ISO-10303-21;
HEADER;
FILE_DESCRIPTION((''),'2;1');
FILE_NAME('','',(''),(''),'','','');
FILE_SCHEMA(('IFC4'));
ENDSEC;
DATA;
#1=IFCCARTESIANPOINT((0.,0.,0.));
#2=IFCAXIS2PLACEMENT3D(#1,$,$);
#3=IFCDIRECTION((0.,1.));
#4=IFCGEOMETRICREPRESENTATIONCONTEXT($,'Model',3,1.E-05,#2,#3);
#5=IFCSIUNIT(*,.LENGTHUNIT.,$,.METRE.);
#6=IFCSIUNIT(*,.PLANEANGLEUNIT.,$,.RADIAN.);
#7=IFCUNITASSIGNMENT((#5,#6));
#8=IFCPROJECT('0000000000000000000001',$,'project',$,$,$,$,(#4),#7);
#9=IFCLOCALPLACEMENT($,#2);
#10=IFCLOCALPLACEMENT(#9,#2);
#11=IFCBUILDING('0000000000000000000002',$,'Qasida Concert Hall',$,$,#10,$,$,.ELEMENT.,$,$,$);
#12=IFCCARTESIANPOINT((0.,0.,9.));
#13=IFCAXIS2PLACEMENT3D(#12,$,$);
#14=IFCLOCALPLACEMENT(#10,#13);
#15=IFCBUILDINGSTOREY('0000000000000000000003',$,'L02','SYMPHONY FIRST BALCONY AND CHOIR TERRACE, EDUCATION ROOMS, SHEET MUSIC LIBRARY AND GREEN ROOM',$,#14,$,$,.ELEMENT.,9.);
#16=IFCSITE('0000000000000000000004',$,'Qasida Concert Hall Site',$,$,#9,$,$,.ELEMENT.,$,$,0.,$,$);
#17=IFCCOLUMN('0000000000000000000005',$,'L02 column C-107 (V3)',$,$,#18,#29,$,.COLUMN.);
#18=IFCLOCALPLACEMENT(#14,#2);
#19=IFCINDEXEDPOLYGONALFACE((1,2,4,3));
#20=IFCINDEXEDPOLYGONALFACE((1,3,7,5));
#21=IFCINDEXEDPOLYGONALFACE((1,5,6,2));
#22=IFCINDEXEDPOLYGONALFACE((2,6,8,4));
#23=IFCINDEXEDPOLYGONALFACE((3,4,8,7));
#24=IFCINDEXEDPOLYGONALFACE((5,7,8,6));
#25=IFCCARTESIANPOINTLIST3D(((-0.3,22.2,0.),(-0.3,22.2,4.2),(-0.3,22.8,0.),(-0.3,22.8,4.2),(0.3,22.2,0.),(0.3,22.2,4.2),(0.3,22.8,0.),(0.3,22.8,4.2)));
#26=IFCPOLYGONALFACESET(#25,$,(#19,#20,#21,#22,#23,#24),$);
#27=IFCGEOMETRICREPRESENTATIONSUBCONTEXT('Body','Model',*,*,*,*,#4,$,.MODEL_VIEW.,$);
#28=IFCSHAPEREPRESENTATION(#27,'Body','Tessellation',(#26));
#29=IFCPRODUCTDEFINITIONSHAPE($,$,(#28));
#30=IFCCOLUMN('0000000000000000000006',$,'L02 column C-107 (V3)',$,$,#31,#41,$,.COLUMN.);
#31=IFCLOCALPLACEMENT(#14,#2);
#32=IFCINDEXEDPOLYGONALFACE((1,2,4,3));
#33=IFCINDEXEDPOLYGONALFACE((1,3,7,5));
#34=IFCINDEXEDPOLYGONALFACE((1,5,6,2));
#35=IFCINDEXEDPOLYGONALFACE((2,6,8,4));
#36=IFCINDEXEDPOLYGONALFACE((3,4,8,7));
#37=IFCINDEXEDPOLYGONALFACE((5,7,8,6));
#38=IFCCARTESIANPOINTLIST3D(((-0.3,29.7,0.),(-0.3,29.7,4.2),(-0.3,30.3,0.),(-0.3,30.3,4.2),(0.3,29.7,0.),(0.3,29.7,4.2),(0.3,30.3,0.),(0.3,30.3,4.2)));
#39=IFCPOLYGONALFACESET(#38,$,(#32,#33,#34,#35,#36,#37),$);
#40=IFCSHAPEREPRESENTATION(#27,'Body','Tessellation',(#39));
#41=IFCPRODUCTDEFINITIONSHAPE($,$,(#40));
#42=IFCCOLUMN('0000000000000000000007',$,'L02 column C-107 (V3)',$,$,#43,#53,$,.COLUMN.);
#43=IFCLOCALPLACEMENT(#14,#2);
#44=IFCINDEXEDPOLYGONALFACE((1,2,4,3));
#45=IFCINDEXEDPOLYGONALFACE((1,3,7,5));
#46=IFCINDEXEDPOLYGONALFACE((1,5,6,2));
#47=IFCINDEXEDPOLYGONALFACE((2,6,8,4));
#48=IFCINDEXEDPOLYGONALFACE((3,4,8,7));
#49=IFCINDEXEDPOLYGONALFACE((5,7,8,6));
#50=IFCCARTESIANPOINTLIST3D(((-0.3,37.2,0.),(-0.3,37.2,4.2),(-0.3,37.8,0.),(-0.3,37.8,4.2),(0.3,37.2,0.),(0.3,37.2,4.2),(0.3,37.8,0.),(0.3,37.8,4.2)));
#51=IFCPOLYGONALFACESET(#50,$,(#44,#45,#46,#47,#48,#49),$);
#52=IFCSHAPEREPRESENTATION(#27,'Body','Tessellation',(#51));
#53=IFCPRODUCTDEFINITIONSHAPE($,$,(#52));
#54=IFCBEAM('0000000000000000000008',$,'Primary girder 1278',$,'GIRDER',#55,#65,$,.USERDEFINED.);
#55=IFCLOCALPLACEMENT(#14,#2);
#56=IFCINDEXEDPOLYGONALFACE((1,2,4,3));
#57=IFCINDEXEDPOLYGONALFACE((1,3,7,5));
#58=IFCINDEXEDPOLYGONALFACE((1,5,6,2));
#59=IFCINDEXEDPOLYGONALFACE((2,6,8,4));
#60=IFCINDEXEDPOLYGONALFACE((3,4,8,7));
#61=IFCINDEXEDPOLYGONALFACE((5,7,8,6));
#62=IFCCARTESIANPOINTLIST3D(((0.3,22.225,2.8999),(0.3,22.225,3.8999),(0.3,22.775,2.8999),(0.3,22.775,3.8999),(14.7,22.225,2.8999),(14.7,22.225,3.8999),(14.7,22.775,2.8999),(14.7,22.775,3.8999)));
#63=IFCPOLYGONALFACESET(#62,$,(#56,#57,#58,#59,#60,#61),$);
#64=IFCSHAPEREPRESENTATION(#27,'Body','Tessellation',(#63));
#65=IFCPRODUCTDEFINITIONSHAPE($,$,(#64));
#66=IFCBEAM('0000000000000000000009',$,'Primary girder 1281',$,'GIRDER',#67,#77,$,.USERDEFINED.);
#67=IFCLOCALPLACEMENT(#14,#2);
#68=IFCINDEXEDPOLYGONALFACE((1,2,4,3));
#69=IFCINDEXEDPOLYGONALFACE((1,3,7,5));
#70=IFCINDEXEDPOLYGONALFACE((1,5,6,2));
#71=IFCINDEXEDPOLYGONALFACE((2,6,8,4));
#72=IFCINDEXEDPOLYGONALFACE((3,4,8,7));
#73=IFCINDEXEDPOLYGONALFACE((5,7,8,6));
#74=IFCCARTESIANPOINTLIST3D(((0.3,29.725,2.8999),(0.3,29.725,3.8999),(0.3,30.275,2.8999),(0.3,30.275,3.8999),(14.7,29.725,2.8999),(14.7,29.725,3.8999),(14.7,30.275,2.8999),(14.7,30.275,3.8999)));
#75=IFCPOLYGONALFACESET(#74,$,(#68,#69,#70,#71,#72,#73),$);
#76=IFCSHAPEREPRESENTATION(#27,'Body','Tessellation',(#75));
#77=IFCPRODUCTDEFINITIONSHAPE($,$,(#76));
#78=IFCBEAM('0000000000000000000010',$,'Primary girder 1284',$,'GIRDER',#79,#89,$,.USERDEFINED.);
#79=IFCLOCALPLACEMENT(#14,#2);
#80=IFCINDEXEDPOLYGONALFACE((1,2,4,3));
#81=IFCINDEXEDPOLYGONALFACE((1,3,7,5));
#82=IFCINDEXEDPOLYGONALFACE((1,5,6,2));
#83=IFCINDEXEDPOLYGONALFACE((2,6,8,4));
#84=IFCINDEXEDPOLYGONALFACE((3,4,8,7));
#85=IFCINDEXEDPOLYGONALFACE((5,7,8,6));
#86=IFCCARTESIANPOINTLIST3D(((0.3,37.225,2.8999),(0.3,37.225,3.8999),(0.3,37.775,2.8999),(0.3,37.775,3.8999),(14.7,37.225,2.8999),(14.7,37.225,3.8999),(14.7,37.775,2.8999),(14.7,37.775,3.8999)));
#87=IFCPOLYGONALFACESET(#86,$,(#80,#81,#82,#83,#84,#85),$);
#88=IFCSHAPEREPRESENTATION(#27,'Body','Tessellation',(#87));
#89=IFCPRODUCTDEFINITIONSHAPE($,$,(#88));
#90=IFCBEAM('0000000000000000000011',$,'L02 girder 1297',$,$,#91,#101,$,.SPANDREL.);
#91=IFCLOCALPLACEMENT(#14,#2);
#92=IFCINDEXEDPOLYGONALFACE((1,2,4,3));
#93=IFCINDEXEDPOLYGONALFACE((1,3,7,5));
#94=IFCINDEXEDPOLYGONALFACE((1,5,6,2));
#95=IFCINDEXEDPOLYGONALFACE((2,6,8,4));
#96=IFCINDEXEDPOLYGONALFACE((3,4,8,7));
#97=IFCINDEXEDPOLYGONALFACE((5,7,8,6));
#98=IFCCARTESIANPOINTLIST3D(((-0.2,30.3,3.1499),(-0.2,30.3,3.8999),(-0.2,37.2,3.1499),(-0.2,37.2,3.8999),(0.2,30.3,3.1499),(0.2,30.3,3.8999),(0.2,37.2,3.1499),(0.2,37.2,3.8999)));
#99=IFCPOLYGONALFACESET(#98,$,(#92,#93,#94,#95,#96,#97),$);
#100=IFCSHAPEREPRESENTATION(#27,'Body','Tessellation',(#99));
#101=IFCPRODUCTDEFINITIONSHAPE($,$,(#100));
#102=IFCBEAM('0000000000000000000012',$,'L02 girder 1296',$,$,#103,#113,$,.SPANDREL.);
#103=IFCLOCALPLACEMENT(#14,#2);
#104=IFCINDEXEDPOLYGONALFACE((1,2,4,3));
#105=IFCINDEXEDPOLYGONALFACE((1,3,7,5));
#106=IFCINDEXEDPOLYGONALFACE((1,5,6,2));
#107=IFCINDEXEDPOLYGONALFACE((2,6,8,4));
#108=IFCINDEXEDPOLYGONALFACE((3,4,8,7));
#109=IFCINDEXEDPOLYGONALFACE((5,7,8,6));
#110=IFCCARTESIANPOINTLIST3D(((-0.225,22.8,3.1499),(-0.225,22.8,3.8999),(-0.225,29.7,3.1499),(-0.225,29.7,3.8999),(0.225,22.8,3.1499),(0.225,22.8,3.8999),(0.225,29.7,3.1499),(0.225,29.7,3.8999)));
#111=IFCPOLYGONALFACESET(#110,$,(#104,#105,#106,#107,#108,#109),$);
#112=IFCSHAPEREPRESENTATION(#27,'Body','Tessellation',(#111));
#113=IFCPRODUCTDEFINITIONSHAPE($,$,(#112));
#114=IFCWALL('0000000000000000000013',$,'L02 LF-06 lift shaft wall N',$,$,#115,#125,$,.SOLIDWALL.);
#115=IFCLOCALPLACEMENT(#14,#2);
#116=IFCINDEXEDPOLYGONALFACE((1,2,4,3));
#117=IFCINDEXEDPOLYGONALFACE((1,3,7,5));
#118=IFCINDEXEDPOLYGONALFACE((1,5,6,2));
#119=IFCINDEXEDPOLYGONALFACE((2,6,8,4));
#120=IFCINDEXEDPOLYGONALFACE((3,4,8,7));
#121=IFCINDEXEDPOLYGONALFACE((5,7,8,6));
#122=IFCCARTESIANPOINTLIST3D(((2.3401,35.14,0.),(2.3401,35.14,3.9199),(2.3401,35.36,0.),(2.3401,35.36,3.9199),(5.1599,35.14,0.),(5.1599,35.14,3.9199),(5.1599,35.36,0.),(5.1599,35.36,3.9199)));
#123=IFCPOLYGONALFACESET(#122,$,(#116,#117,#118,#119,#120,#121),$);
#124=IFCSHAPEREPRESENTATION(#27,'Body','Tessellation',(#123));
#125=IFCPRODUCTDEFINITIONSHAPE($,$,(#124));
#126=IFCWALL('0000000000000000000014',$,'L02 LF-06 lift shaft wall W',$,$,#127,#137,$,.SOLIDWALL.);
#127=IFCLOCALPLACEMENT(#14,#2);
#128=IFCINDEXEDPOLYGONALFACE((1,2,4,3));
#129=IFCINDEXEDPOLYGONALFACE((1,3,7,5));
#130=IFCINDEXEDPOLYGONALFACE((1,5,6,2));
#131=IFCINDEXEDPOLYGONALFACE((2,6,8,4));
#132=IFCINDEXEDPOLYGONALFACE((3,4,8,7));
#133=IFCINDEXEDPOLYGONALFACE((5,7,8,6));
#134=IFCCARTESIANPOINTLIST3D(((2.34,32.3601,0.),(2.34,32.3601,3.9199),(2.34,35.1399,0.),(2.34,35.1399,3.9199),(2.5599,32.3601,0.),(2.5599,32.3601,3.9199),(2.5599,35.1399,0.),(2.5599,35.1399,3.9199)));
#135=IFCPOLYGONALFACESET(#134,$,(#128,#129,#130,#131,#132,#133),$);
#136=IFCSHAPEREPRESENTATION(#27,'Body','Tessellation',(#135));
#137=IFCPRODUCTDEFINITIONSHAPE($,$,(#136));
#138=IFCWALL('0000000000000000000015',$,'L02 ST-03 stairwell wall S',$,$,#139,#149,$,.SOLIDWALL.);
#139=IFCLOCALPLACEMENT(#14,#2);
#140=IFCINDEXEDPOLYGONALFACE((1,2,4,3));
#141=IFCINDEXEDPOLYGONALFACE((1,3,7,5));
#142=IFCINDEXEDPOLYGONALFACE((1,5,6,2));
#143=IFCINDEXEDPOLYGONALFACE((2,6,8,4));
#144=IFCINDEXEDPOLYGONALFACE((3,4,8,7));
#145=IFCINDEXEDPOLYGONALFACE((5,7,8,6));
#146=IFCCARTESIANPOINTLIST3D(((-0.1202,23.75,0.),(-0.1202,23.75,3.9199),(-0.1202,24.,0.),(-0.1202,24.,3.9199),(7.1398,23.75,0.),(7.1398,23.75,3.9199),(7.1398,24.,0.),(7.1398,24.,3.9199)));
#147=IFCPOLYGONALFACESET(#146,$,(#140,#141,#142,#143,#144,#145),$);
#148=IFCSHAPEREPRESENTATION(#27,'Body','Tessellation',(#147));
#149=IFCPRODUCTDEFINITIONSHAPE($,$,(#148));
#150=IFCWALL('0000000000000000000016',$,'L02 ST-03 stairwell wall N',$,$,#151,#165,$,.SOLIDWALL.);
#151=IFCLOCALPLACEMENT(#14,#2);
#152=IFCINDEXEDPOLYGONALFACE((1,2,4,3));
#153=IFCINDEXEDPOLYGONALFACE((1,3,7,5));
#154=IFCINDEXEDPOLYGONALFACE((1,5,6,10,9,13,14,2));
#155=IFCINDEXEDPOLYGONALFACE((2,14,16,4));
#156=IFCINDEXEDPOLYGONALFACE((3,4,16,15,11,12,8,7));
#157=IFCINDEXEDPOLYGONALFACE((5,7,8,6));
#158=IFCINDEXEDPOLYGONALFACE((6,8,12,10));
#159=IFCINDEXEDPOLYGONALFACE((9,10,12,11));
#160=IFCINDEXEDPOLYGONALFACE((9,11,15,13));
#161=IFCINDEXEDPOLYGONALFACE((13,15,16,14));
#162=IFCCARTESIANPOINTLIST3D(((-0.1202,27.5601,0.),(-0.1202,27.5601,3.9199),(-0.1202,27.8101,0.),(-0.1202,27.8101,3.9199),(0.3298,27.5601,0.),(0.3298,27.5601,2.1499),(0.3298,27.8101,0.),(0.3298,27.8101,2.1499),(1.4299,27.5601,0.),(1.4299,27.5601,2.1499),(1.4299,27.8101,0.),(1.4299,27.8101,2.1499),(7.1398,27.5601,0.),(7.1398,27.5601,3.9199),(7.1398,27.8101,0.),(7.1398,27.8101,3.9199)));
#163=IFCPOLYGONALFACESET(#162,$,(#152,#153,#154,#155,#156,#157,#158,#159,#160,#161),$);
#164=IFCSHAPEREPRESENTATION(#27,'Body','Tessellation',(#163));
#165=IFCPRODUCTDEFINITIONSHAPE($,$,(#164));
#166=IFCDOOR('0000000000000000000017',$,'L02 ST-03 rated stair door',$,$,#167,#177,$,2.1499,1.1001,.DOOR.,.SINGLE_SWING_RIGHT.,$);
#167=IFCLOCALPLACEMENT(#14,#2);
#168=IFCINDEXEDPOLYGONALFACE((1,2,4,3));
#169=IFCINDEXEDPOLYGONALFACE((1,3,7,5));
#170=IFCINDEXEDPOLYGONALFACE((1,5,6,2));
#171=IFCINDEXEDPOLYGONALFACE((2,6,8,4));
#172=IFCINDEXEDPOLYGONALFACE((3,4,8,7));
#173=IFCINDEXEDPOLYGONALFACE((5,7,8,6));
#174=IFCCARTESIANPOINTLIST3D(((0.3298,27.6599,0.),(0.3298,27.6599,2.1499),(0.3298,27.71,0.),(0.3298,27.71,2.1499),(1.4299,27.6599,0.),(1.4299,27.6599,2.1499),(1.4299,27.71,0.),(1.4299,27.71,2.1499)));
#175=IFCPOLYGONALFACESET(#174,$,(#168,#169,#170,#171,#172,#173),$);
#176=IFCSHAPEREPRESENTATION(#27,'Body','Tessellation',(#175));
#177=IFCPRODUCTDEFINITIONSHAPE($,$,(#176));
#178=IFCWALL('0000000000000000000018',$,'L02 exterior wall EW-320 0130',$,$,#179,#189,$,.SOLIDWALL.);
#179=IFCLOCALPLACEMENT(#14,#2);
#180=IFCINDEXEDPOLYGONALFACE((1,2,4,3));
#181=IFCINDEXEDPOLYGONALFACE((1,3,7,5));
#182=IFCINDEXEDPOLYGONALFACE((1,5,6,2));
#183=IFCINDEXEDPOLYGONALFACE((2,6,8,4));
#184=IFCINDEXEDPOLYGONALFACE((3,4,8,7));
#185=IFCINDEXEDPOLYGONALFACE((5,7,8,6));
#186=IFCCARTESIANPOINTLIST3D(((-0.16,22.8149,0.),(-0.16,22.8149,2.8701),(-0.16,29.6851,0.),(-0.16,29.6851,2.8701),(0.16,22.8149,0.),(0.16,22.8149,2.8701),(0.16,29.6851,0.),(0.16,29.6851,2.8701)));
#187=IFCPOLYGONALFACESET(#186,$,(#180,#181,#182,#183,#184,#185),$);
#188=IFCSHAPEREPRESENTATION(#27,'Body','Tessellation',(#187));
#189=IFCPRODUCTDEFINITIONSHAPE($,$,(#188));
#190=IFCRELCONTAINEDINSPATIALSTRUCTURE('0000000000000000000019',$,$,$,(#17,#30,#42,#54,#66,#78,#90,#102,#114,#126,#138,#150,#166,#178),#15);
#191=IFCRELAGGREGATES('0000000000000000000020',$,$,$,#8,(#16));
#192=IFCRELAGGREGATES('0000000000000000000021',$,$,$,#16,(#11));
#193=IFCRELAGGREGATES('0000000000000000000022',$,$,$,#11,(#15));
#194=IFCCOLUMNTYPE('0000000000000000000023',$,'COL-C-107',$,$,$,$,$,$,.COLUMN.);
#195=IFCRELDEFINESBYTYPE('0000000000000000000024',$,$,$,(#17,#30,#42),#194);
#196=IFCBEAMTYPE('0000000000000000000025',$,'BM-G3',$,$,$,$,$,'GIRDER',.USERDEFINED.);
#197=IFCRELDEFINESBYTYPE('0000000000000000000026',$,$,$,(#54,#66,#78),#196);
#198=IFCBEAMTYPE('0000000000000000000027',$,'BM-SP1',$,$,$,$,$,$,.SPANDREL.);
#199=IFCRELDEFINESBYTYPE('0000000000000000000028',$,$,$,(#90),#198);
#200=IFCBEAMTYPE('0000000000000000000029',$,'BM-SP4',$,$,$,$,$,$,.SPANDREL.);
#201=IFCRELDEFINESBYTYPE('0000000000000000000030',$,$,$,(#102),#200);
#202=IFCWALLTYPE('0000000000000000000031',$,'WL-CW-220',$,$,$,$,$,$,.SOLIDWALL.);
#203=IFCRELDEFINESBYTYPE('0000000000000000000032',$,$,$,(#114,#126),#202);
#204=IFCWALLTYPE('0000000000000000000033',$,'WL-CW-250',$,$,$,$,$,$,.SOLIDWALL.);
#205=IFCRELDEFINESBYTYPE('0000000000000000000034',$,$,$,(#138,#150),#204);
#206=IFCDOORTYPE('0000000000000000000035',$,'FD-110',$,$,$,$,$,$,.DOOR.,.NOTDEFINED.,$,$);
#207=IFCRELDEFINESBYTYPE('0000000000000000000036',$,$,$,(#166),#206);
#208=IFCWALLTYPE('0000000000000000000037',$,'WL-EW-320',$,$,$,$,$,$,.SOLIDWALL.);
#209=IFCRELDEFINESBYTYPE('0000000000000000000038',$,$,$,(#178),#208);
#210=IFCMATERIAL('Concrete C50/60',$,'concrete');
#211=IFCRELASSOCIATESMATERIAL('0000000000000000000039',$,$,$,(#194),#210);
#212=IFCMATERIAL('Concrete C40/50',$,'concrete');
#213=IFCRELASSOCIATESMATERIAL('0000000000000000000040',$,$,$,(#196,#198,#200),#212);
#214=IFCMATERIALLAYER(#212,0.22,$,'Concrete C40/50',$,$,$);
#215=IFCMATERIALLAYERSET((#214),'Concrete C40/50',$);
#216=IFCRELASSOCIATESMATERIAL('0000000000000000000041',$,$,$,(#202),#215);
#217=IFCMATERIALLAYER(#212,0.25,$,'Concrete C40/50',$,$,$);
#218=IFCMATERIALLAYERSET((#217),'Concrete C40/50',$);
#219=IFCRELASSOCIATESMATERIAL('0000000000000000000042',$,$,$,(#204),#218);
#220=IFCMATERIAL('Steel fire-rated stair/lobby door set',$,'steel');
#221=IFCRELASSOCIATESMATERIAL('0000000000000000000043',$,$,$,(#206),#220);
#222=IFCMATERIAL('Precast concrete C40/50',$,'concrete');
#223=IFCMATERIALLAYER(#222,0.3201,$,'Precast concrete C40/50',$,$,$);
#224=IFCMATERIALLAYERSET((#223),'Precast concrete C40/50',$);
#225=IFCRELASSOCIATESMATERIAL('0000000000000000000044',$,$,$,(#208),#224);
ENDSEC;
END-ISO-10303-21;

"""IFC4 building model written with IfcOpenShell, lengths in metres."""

from ifc_helpers import new_model, si_unit, direction, frame, frame_2d, origin, origin_2d, place, context, subcontext, project, spatial, rectangle, extrude, material, layer, layer_set, material_profile, profile_set, type_object, element, fill, save


model = new_model("IFC4")

# Units and contexts
model_context = context("Model", 3, precision=1e-05, world=origin(), true_north=direction((0.0, 1.0)))
body_context = subcontext(model_context, "Body", "Model", "MODEL_VIEW")
ifc_project = project(units=[si_unit("LENGTHUNIT", "METRE"), si_unit("PLANEANGLEUNIT", "RADIAN")], contexts=[model_context])

# Site, building, storey
site_placement = place(None, origin())
site = spatial("IfcSite", under=ifc_project, at=site_placement, Name="Qasida Concert Hall Site", CompositionType="ELEMENT", RefElevation=0.0)
building_placement = place(site_placement, origin())
building = spatial("IfcBuilding", under=site, at=building_placement, Name="Qasida Concert Hall", CompositionType="ELEMENT")
storey_placement = place(building_placement, frame((0.0, 0.0, 9.0)))
storey = spatial("IfcBuildingStorey", under=building, at=storey_placement, Name="L02", Description="SYMPHONY FIRST BALCONY AND CHOIR TERRACE, EDUCATION ROOMS, SHEET MUSIC LIBRARY AND GREEN ROOM", CompositionType="ELEMENT", Elevation=9.0)

# Columns
ifc_material_1 = material(Name="Concrete C50/60", Category="concrete")
ifc_material_profile_1 = material_profile(ifc_material_1, rectangle(XDim=0.6001, YDim=0.6001, at=origin_2d()), Name="RC 600x600")
ifc_profile_set_1 = profile_set([ifc_material_profile_1], Name="Concrete C50/60")
column_type = type_object("IfcColumnType", Name="COL-C-107", PredefinedType="COLUMN", material=ifc_profile_set_1)
for number, where, z_axis, x_axis, name in (
    (1, (0.0, 22.5, 0.0), (0.0, 0.0, 1.0), (1.0, 0.0, 0.0), "L02 column C-107 (V3)"),
    (2, (0.0, 30.0, 0.0), (0.0, 0.0, 1.0), (1.0, 0.0, 0.0), "L02 column C-107 (V3)"),
    (3, (0.0, 37.5, 0.0), (0.0, 0.0, 1.0), (1.0, 0.0, 0.0), "L02 column C-107 (V3)"),
):
    element("IfcColumn", number, at=place(storey_placement, frame(where, z_axis=z_axis, x_axis=x_axis)), inside=storey, type_object=column_type, Name=name, PredefinedType="COLUMN", context=body_context, shape_type="SweptSolid", body=[
        extrude(rectangle(XDim=0.6001, YDim=0.6001, at=origin_2d()), origin(), (0.0, 0.0, 1.0), 4.2),
    ])

# Beams
ifc_material_2 = material(Name="Concrete C40/50", Category="concrete")
ifc_material_profile_2 = material_profile(ifc_material_2, rectangle(XDim=0.55, YDim=1.0, at=origin_2d()), Name="RC 550x1000")
ifc_profile_set_2 = profile_set([ifc_material_profile_2], Name="Concrete C40/50")
beam_type_1 = type_object("IfcBeamType", Name="BM-G3", ElementType="GIRDER", PredefinedType="USERDEFINED", material=ifc_profile_set_2)
for number, where, z_axis, x_axis, name in (
    (4, (0.3, 22.5, 3.3999), (1.0, 0.0, 0.0), (0.0, 1.0, 0.0), "Primary girder 1278"),
    (5, (0.3, 30.0, 3.3999), (1.0, 0.0, 0.0), (0.0, 1.0, 0.0), "Primary girder 1281"),
    (6, (0.3, 37.5, 3.3999), (1.0, 0.0, 0.0), (0.0, 1.0, 0.0), "Primary girder 1284"),
):
    element("IfcBeam", number, at=place(storey_placement, frame(where, z_axis=z_axis, x_axis=x_axis)), inside=storey, type_object=beam_type_1, Name=name, ObjectType="GIRDER", PredefinedType="USERDEFINED", context=body_context, shape_type="SweptSolid", body=[
        extrude(rectangle(XDim=0.55, YDim=1.0, at=origin_2d()), origin(), (0.0, 0.0, 1.0), 14.3999),
    ])
ifc_material_profile_3 = material_profile(ifc_material_2, rectangle(XDim=0.3999, YDim=0.75, at=origin_2d()), Name="RC 400x750")
ifc_profile_set_3 = profile_set([ifc_material_profile_3], Name="Concrete C40/50")
beam_type_2 = type_object("IfcBeamType", Name="BM-SP1", PredefinedType="SPANDREL", material=ifc_profile_set_3)
beam_1_placement = place(storey_placement, frame((0.0, 30.3, 3.5249), z_axis=(0.0, 1.0, 0.0), x_axis=(-1.0, 0.0, 0.0)))
element("IfcBeam", 7, at=beam_1_placement, inside=storey, type_object=beam_type_2, Name="L02 girder 1297", PredefinedType="SPANDREL", context=body_context, shape_type="SweptSolid", body=[
    extrude(rectangle(XDim=0.3999, YDim=0.75, at=origin_2d()), origin(), (0.0, 0.0, 1.0), 6.8999),
])
ifc_material_profile_4 = material_profile(ifc_material_2, rectangle(XDim=0.45, YDim=0.75, at=origin_2d()), Name="RC 450x750")
ifc_profile_set_4 = profile_set([ifc_material_profile_4], Name="Concrete C40/50")
beam_type_3 = type_object("IfcBeamType", Name="BM-SP4", PredefinedType="SPANDREL", material=ifc_profile_set_4)
beam_2_placement = place(storey_placement, frame((0.0, 22.8, 3.5249), z_axis=(0.0, 1.0, 0.0), x_axis=(-1.0, 0.0, 0.0)))
element("IfcBeam", 8, at=beam_2_placement, inside=storey, type_object=beam_type_3, Name="L02 girder 1296", PredefinedType="SPANDREL", context=body_context, shape_type="SweptSolid", body=[
    extrude(rectangle(XDim=0.45, YDim=0.75, at=origin_2d()), origin(), (0.0, 0.0, 1.0), 6.8999),
])

# Shared definitions
ifc_layer_1 = layer(ifc_material_2, 0.22, Name="Concrete C40/50")
ifc_layer_set_1 = layer_set([ifc_layer_1], Name="Concrete C40/50")
wall_type_1 = type_object("IfcWallType", Name="WL-CW-220", PredefinedType="SOLIDWALL", material=ifc_layer_set_1)

# Walls
wall_1_placement = place(storey_placement, frame((2.3401, 35.25, 0.0), z_axis=(0.0, 0.0, 1.0), x_axis=(1.0, 0.0, 0.0)))
element("IfcWall", 9, at=wall_1_placement, inside=storey, type_object=wall_type_1, Name="L02 LF-06 lift shaft wall N", PredefinedType="SOLIDWALL", context=body_context, shape_type="SweptSolid", body=[
    extrude(rectangle(XDim=2.8198, YDim=0.22, at=frame_2d((1.4099, 0.0))), origin(), (0.0, 0.0, 1.0), 3.9199),
])
wall_2_placement = place(storey_placement, frame((2.45, 32.3601, 0.0), z_axis=(0.0, 0.0, 1.0), x_axis=(0.0, 1.0, 0.0)))
element("IfcWall", 10, at=wall_2_placement, inside=storey, type_object=wall_type_1, Name="L02 LF-06 lift shaft wall W", PredefinedType="SOLIDWALL", context=body_context, shape_type="SweptSolid", body=[
    extrude(rectangle(XDim=2.7798, YDim=0.22, at=frame_2d((1.3899, 0.0))), origin(), (0.0, 0.0, 1.0), 3.9199),
])
ifc_layer_2 = layer(ifc_material_2, 0.25, Name="Concrete C40/50")
ifc_layer_set_2 = layer_set([ifc_layer_2], Name="Concrete C40/50")
wall_type_2 = type_object("IfcWallType", Name="WL-CW-250", PredefinedType="SOLIDWALL", material=ifc_layer_set_2)
wall_3_placement = place(storey_placement, frame((-0.1201, 23.875, 0.0), z_axis=(0.0, 0.0, 1.0), x_axis=(1.0, 0.0, 0.0)))
element("IfcWall", 11, at=wall_3_placement, inside=storey, type_object=wall_type_2, Name="L02 ST-03 stairwell wall S", PredefinedType="SOLIDWALL", context=body_context, shape_type="SweptSolid", body=[
    extrude(rectangle(XDim=7.26, YDim=0.25, at=frame_2d((3.6299, 0.0))), origin(), (0.0, 0.0, 1.0), 3.9199),
])

# Wall, opening, door
wall_4_placement = place(storey_placement, frame((-0.1201, 27.6851, 0.0), z_axis=(0.0, 0.0, 1.0), x_axis=(1.0, 0.0, 0.0)))
wall_4 = element("IfcWall", 12, at=wall_4_placement, inside=storey, type_object=wall_type_2, Name="L02 ST-03 stairwell wall N", PredefinedType="SOLIDWALL", context=body_context, shape_type="SweptSolid", body=[
    extrude(rectangle(XDim=7.26, YDim=0.25, at=frame_2d((3.6299, 0.0))), origin(), (0.0, 0.0, 1.0), 3.9199),
])
opening_1_placement = place(wall_4_placement, frame((0.45, 0.0, 0.0)))
opening_1 = element("IfcOpeningElement", 13, at=opening_1_placement, cuts=wall_4, PredefinedType="OPENING", context=body_context, shape_type="SweptSolid", body=[
    extrude(rectangle(XDim=1.1001, YDim=2.1499, at=frame_2d((0.55, 1.075))), frame((0.0, 0.135, 0.0), z_axis=(0.0, -1.0, 0.0), x_axis=(1.0, 0.0, 0.0)), (0.0, 0.0, 1.0), 0.27),
])
ifc_material_3 = material(Name="Steel fire-rated stair/lobby door set", Category="steel")
door_type_1 = type_object("IfcDoorType", Name="FD-110", OperationType="NOTDEFINED", PredefinedType="DOOR", material=ifc_material_3)
door_1_placement = place(opening_1_placement, origin())
door_1 = element("IfcDoor", 14, at=door_1_placement, inside=storey, type_object=door_type_1, Name="L02 ST-03 rated stair door", OperationType="SINGLE_SWING_RIGHT", OverallHeight=2.1499, OverallWidth=1.1001, PredefinedType="DOOR", context=body_context, shape_type="SweptSolid", body=[
    extrude(rectangle(XDim=1.1001, YDim=2.1499, at=frame_2d((0.55, 1.075))), frame((0.0, 0.0249, 0.0), z_axis=(0.0, -1.0, 0.0), x_axis=(1.0, 0.0, 0.0)), (0.0, 0.0, 1.0), 0.05),
])
fill(opening_1, door_1)

# Wall
ifc_material_4 = material(Name="Precast concrete C40/50", Category="concrete")
ifc_layer_3 = layer(ifc_material_4, 0.3201, Name="Precast concrete C40/50")
ifc_layer_set_3 = layer_set([ifc_layer_3], Name="Precast concrete C40/50")
wall_type_3 = type_object("IfcWallType", Name="WL-EW-320", PredefinedType="SOLIDWALL", material=ifc_layer_set_3)
for number, where, z_axis, x_axis, name in (
    (15, (0.0, 22.8149, 0.0), (0.0, 0.0, 1.0), (0.0, 1.0, 0.0), "L02 exterior wall EW-320 0130"),
):
    element("IfcWall", number, at=place(storey_placement, frame(where, z_axis=z_axis, x_axis=x_axis)), inside=storey, type_object=wall_type_3, Name=name, PredefinedType="SOLIDWALL", context=body_context, shape_type="SweptSolid", body=[
        extrude(rectangle(XDim=6.8701, YDim=0.3201, at=frame_2d((3.4351, 0.0))), origin(), (0.0, 0.0, 1.0), 2.8701),
    ])

save(model, "model.ifc")
